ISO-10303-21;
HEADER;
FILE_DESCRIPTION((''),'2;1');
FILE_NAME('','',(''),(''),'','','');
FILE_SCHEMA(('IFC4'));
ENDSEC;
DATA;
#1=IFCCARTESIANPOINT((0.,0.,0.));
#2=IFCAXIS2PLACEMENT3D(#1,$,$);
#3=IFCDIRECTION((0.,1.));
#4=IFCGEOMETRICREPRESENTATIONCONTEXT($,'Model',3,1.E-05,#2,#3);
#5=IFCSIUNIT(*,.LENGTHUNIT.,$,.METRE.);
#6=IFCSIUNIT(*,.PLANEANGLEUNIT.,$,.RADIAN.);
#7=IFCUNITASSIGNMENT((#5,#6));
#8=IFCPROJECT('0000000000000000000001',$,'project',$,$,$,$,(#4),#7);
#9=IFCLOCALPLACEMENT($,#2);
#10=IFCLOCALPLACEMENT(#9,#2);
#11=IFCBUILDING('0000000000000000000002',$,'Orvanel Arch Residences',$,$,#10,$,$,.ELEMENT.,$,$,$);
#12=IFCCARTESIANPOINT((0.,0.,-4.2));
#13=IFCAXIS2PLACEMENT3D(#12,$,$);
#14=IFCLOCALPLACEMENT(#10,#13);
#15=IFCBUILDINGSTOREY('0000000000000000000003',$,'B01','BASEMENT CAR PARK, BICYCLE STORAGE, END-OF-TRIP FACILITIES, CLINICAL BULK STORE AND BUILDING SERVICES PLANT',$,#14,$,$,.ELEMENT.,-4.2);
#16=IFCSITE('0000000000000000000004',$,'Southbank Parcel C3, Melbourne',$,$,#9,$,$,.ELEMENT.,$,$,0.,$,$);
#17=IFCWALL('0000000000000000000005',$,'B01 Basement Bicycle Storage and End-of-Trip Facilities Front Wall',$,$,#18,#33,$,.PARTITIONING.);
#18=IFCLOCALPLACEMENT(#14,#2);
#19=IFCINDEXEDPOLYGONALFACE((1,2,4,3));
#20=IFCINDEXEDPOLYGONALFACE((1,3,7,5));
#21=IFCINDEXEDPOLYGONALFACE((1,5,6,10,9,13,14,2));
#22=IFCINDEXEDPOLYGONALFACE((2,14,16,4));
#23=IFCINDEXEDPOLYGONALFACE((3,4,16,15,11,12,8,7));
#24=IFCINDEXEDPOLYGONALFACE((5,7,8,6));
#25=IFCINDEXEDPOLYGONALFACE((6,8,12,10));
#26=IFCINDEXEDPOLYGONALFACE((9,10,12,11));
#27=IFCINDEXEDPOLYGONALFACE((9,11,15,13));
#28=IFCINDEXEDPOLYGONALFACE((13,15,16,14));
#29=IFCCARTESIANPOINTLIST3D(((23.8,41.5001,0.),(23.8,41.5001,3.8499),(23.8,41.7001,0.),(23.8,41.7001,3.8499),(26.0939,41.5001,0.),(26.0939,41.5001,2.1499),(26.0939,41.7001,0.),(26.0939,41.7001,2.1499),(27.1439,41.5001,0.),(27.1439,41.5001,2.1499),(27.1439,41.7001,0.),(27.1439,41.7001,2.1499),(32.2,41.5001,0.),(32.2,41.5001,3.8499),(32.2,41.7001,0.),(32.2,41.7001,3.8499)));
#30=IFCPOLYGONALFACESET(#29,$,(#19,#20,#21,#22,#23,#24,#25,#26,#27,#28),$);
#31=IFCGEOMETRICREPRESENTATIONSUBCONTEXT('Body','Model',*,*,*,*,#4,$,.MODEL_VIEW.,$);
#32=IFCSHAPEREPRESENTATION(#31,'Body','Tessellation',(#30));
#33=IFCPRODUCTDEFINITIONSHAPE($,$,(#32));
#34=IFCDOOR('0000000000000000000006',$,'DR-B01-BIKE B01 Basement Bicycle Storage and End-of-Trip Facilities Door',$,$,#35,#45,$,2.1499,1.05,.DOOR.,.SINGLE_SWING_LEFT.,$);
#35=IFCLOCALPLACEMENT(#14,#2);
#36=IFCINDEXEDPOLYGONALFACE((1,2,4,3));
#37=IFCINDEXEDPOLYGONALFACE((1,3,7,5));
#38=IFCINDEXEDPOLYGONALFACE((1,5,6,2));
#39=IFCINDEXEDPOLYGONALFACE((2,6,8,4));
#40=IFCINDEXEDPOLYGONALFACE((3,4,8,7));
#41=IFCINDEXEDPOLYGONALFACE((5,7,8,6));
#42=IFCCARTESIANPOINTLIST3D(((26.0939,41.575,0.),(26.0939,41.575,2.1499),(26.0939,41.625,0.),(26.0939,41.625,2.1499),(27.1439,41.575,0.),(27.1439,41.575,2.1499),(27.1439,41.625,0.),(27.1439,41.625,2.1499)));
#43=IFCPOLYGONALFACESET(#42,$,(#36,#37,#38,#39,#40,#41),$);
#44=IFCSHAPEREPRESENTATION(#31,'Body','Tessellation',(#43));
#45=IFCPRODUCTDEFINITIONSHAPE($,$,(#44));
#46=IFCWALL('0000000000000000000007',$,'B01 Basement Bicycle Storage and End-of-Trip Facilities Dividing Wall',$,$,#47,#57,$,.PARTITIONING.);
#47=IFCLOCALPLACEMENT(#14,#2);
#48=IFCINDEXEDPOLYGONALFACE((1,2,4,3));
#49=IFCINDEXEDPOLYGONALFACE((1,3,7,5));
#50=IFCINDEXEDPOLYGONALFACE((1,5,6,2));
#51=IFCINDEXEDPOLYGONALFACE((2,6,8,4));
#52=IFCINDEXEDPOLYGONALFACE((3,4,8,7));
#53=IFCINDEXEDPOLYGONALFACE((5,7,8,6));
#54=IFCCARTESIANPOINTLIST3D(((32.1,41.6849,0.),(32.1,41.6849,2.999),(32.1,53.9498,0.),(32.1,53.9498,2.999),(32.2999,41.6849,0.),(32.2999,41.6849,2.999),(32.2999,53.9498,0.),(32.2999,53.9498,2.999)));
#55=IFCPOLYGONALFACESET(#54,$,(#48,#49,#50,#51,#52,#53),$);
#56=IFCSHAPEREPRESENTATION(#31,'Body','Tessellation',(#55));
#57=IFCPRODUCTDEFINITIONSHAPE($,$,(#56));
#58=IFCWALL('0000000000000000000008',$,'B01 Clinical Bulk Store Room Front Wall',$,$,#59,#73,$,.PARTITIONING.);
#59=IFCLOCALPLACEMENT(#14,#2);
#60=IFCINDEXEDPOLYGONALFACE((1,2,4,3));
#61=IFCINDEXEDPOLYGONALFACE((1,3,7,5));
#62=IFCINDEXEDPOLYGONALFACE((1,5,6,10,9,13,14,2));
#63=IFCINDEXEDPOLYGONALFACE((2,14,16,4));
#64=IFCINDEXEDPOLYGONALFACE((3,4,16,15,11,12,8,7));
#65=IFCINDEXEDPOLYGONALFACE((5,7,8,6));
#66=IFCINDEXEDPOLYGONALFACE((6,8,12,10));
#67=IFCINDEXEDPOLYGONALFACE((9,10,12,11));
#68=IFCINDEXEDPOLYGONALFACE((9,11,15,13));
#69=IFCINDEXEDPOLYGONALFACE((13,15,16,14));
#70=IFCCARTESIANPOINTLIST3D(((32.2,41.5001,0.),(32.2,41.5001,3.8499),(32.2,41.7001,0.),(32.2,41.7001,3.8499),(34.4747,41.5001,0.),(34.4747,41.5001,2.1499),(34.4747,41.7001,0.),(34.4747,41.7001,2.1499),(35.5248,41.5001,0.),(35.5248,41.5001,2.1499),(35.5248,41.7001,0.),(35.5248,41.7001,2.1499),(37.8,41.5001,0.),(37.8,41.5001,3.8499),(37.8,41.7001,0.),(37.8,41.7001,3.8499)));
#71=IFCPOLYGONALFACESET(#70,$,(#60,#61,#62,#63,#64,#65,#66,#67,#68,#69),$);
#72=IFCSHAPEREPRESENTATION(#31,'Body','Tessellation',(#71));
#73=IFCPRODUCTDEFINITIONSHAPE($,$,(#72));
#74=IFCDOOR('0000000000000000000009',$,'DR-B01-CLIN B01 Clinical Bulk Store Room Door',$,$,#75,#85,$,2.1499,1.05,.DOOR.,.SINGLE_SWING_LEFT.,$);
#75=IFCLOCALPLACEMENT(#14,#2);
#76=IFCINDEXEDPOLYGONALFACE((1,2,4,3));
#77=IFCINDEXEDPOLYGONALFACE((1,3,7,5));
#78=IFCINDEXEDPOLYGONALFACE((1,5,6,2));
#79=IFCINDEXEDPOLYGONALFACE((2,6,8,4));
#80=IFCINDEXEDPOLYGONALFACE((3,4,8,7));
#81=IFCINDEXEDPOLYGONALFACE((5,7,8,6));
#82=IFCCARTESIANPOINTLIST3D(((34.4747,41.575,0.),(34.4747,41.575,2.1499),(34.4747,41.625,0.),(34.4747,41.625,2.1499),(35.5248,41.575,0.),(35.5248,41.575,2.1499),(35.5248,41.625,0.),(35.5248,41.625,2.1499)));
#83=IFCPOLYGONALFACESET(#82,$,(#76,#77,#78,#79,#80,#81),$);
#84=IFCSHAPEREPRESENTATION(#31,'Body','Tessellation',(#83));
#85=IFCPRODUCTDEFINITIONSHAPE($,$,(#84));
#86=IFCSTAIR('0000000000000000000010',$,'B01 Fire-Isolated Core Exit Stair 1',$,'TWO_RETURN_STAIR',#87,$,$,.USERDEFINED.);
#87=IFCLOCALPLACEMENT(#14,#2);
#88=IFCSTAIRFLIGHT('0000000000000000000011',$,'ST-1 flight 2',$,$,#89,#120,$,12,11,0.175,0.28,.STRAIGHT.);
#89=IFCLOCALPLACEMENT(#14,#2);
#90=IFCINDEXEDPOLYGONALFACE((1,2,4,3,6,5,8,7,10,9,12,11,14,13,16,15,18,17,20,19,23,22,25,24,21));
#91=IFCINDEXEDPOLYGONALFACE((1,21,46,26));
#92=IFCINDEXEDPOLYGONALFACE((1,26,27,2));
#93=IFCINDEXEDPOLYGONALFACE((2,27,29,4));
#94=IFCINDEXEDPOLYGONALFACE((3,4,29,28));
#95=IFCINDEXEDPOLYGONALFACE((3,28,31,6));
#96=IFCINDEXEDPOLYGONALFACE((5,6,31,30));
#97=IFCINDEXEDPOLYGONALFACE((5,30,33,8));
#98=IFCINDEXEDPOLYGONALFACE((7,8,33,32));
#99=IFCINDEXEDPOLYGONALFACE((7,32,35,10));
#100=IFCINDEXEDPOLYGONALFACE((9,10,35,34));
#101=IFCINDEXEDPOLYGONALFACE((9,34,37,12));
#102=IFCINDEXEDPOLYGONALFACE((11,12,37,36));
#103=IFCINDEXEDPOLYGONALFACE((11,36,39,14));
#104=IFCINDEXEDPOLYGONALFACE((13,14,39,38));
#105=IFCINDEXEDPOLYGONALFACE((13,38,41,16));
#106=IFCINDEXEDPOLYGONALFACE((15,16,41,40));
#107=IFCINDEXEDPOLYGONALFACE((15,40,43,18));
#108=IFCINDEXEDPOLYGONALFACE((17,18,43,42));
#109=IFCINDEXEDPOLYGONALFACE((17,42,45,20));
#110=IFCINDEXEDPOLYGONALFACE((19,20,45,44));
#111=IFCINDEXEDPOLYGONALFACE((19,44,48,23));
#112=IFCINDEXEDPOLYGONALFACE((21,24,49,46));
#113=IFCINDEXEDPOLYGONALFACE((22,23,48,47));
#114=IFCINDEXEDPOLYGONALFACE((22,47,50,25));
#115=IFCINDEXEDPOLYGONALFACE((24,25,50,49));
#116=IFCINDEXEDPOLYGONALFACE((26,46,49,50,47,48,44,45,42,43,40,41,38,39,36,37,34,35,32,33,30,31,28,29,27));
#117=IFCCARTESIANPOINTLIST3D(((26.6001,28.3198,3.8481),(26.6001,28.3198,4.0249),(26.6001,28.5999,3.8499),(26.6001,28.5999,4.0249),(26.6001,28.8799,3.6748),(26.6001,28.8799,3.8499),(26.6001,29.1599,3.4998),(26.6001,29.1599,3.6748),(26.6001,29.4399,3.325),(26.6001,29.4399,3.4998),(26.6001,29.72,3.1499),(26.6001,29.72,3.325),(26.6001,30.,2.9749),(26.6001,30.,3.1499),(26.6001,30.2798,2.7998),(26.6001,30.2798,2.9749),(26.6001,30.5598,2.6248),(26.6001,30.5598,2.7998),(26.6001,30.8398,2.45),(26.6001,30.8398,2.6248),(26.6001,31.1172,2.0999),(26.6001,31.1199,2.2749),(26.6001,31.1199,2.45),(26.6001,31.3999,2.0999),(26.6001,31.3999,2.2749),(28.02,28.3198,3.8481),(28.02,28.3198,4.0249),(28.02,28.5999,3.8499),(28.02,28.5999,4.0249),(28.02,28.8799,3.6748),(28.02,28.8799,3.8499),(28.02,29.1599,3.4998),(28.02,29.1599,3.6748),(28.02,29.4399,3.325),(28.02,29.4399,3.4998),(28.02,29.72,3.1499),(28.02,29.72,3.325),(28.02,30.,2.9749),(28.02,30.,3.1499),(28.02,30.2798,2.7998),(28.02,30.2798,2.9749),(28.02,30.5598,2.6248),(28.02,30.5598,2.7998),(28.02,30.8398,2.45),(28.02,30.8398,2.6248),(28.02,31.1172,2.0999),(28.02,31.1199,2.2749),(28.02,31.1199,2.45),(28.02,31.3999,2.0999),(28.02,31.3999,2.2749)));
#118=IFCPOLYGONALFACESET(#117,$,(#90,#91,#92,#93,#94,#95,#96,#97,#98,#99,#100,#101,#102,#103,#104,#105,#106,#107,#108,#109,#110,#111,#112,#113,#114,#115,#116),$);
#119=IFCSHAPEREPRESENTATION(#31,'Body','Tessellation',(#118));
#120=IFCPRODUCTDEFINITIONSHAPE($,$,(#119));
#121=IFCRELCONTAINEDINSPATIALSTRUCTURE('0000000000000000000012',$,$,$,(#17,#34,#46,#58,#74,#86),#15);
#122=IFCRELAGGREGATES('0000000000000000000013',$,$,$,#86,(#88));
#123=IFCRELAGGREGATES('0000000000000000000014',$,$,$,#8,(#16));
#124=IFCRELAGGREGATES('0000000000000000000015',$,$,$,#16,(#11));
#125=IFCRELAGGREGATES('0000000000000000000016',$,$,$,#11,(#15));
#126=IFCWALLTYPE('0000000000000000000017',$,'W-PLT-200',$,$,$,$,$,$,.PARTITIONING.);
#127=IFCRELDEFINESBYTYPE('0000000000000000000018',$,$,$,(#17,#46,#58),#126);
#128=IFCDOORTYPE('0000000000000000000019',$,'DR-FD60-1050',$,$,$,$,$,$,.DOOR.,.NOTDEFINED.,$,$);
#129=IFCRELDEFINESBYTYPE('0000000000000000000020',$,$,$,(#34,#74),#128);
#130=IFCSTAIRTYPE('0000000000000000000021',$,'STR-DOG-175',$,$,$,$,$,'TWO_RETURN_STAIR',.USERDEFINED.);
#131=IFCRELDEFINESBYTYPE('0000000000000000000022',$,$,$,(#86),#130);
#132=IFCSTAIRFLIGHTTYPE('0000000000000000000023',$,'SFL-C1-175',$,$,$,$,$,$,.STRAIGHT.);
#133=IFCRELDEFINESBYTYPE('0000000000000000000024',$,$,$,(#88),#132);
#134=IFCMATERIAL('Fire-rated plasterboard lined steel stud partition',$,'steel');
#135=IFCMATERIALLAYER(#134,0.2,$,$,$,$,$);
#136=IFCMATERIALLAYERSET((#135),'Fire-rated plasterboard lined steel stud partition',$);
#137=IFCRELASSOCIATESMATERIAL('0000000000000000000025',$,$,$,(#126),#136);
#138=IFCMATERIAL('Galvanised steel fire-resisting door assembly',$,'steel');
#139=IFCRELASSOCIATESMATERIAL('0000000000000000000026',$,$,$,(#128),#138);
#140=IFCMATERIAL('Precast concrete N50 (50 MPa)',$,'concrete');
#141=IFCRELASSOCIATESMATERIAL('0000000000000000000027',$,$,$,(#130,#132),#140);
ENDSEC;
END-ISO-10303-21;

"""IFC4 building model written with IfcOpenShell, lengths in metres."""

from ifc_helpers import new_model, si_unit, direction, frame, frame_2d, origin, place, context, subcontext, project, spatial, polyline, rectangle, outline, extrude, material, layer, layer_set, type_object, element, fill, aggregate, save


model = new_model("IFC4")

# Units and contexts
model_context = context("Model", 3, precision=1e-05, world=origin(), true_north=direction((0.0, 1.0)))
body_context = subcontext(model_context, "Body", "Model", "MODEL_VIEW")
ifc_project = project(units=[si_unit("LENGTHUNIT", "METRE"), si_unit("PLANEANGLEUNIT", "RADIAN")], contexts=[model_context])

# Site, building, storey
site_placement = place(None, origin())
site = spatial("IfcSite", under=ifc_project, at=site_placement, Name="Southbank Parcel C3, Melbourne", CompositionType="ELEMENT", RefElevation=0.0)
building_placement = place(site_placement, origin())
building = spatial("IfcBuilding", under=site, at=building_placement, Name="Orvanel Arch Residences", CompositionType="ELEMENT")
storey_placement = place(building_placement, frame((0.0, 0.0, -4.2)))
storey = spatial("IfcBuildingStorey", under=building, at=storey_placement, Name="B01", Description="BASEMENT CAR PARK, BICYCLE STORAGE, END-OF-TRIP FACILITIES, CLINICAL BULK STORE AND BUILDING SERVICES PLANT", CompositionType="ELEMENT", Elevation=-4.2)

# Shared definitions
ifc_material_1 = material(Name="Fire-rated plasterboard lined steel stud partition", Category="steel")
ifc_layer_1 = layer(ifc_material_1, 0.2)
ifc_layer_set_1 = layer_set([ifc_layer_1], Name="Fire-rated plasterboard lined steel stud partition")
wall_type_1 = type_object("IfcWallType", Name="W-PLT-200", PredefinedType="PARTITIONING", material=ifc_layer_set_1)

# Wall, opening, door
wall_1_placement = place(storey_placement, frame((23.8, 41.6001, 0.0), z_axis=(0.0, 0.0, 1.0), x_axis=(1.0, 0.0, 0.0)))
wall_1 = element("IfcWall", 1, at=wall_1_placement, inside=storey, type_object=wall_type_1, Name="B01 Basement Bicycle Storage and End-of-Trip Facilities Front Wall", PredefinedType="PARTITIONING", context=body_context, shape_type="SweptSolid", body=[
    extrude(rectangle(XDim=8.3999, YDim=0.2, at=frame_2d((4.2, 0.0))), origin(), (0.0, 0.0, 1.0), 3.8499),
])
opening_1_placement = place(wall_1_placement, frame((2.2939, 0.0, 0.0)))
opening_1 = element("IfcOpeningElement", 2, at=opening_1_placement, cuts=wall_1, PredefinedType="OPENING", context=body_context, shape_type="SweptSolid", body=[
    extrude(rectangle(XDim=1.05, YDim=2.1499, at=frame_2d((0.5249, 1.075))), frame((0.0, 0.1099, 0.0), z_axis=(0.0, -1.0, 0.0), x_axis=(1.0, 0.0, 0.0)), (0.0, 0.0, 1.0), 0.22),
])
ifc_material_2 = material(Name="Galvanised steel fire-resisting door assembly", Category="steel")
door_type = type_object("IfcDoorType", Name="DR-FD60-1050", OperationType="NOTDEFINED", PredefinedType="DOOR", material=ifc_material_2)
door_1_placement = place(opening_1_placement, origin())
door_1 = element("IfcDoor", 3, at=door_1_placement, inside=storey, type_object=door_type, Name="DR-B01-BIKE B01 Basement Bicycle Storage and End-of-Trip Facilities Door", OperationType="SINGLE_SWING_LEFT", OverallHeight=2.1499, OverallWidth=1.05, PredefinedType="DOOR", context=body_context, shape_type="SweptSolid", body=[
    extrude(rectangle(XDim=1.05, YDim=2.1499, at=frame_2d((0.5249, 1.075))), frame((0.0, 0.0249, 0.0), z_axis=(0.0, -1.0, 0.0), x_axis=(1.0, 0.0, 0.0)), (0.0, 0.0, 1.0), 0.05),
])
fill(opening_1, door_1)

# Wall
wall_2_placement = place(storey_placement, frame((32.2, 41.6851, 0.0), z_axis=(0.0, 0.0, 1.0), x_axis=(0.0, 1.0, 0.0)))
element("IfcWall", 4, at=wall_2_placement, inside=storey, type_object=wall_type_1, Name="B01 Basement Bicycle Storage and End-of-Trip Facilities Dividing Wall", PredefinedType="PARTITIONING", context=body_context, shape_type="SweptSolid", body=[
    extrude(rectangle(XDim=12.2649, YDim=0.2, at=frame_2d((6.1323, 0.0))), origin(), (0.0, 0.0, 1.0), 2.999),
])

# Wall, opening, door
wall_3_placement = place(storey_placement, frame((32.2, 41.6001, 0.0), z_axis=(0.0, 0.0, 1.0), x_axis=(1.0, 0.0, 0.0)))
wall_3 = element("IfcWall", 5, at=wall_3_placement, inside=storey, type_object=wall_type_1, Name="B01 Clinical Bulk Store Room Front Wall", PredefinedType="PARTITIONING", context=body_context, shape_type="SweptSolid", body=[
    extrude(rectangle(XDim=5.6001, YDim=0.2, at=frame_2d((2.8, 0.0))), origin(), (0.0, 0.0, 1.0), 3.8499),
])
opening_2_placement = place(wall_3_placement, frame((2.2749, 0.0, 0.0)))
opening_2 = element("IfcOpeningElement", 6, at=opening_2_placement, cuts=wall_3, PredefinedType="OPENING", context=body_context, shape_type="SweptSolid", body=[
    extrude(rectangle(XDim=1.05, YDim=2.1499, at=frame_2d((0.5249, 1.075))), frame((0.0, 0.1099, 0.0), z_axis=(0.0, -1.0, 0.0), x_axis=(1.0, 0.0, 0.0)), (0.0, 0.0, 1.0), 0.22),
])
door_2_placement = place(opening_2_placement, origin())
door_2 = element("IfcDoor", 7, at=door_2_placement, inside=storey, type_object=door_type, Name="DR-B01-CLIN B01 Clinical Bulk Store Room Door", OperationType="SINGLE_SWING_LEFT", OverallHeight=2.1499, OverallWidth=1.05, PredefinedType="DOOR", context=body_context, shape_type="SweptSolid", body=[
    extrude(rectangle(XDim=1.05, YDim=2.1499, at=frame_2d((0.5249, 1.075))), frame((0.0, 0.0249, 0.0), z_axis=(0.0, -1.0, 0.0), x_axis=(1.0, 0.0, 0.0)), (0.0, 0.0, 1.0), 0.05),
])
fill(opening_2, door_2)

# Stair, stair flight
ifc_material_3 = material(Name="Precast concrete N50 (50 MPa)", Category="concrete")
stair_type = type_object("IfcStairType", Name="STR-DOG-175", ElementType="TWO_RETURN_STAIR", PredefinedType="USERDEFINED", material=ifc_material_3)
stair_placement = place(storey_placement, origin())
stair = element("IfcStair", 8, at=stair_placement, inside=storey, type_object=stair_type, Name="B01 Fire-Isolated Core Exit Stair 1", ObjectType="TWO_RETURN_STAIR", PredefinedType="USERDEFINED")
stair_flight_type = type_object("IfcStairFlightType", Name="SFL-C1-175", PredefinedType="STRAIGHT", material=ifc_material_3)
stair_flight_placement = place(storey_placement, frame((27.3101, 31.3999, 2.0999), z_axis=(0.0, 0.0, 1.0), x_axis=(0.0, -1.0, 0.0)))
stair_flight = element("IfcStairFlight", 9, at=stair_flight_placement, type_object=stair_flight_type, Name="ST-1 flight 2", NumberOfRisers=12, NumberOfTreads=11, PredefinedType="STRAIGHT", RiserHeight=0.175, TreadLength=0.28, context=body_context, shape_type="SweptSolid", body=[
    extrude(outline(polyline([(0.0, 0.0), (0.0, 0.175), (0.28, 0.175), (0.28, 0.3501), (0.5601, 0.3501), (0.5601, 0.5249), (0.8401, 0.5249), (0.8401, 0.7), (1.1201, 0.7), (1.1201, 0.875), (1.3999, 0.875), (1.3999, 1.05), (1.6799, 1.05), (1.6799, 1.2251), (1.96, 1.2251), (1.96, 1.3999), (2.24, 1.3999), (2.24, 1.575), (2.52, 1.575), (2.52, 1.75), (2.8, 1.75), (2.8, 1.925), (3.0801, 1.925), (3.0801, 2.1001), (3.0801, 1.7483), (0.2827, 0.0), (0.0, 0.0)])), frame((0.0, 0.71, 0.0), z_axis=(0.0, -1.0, 0.0), x_axis=(1.0, 0.0, 0.0)), (0.0, 0.0, 1.0), 1.4199),
])
aggregate(stair, [stair_flight])

save(model, "model.ifc")
